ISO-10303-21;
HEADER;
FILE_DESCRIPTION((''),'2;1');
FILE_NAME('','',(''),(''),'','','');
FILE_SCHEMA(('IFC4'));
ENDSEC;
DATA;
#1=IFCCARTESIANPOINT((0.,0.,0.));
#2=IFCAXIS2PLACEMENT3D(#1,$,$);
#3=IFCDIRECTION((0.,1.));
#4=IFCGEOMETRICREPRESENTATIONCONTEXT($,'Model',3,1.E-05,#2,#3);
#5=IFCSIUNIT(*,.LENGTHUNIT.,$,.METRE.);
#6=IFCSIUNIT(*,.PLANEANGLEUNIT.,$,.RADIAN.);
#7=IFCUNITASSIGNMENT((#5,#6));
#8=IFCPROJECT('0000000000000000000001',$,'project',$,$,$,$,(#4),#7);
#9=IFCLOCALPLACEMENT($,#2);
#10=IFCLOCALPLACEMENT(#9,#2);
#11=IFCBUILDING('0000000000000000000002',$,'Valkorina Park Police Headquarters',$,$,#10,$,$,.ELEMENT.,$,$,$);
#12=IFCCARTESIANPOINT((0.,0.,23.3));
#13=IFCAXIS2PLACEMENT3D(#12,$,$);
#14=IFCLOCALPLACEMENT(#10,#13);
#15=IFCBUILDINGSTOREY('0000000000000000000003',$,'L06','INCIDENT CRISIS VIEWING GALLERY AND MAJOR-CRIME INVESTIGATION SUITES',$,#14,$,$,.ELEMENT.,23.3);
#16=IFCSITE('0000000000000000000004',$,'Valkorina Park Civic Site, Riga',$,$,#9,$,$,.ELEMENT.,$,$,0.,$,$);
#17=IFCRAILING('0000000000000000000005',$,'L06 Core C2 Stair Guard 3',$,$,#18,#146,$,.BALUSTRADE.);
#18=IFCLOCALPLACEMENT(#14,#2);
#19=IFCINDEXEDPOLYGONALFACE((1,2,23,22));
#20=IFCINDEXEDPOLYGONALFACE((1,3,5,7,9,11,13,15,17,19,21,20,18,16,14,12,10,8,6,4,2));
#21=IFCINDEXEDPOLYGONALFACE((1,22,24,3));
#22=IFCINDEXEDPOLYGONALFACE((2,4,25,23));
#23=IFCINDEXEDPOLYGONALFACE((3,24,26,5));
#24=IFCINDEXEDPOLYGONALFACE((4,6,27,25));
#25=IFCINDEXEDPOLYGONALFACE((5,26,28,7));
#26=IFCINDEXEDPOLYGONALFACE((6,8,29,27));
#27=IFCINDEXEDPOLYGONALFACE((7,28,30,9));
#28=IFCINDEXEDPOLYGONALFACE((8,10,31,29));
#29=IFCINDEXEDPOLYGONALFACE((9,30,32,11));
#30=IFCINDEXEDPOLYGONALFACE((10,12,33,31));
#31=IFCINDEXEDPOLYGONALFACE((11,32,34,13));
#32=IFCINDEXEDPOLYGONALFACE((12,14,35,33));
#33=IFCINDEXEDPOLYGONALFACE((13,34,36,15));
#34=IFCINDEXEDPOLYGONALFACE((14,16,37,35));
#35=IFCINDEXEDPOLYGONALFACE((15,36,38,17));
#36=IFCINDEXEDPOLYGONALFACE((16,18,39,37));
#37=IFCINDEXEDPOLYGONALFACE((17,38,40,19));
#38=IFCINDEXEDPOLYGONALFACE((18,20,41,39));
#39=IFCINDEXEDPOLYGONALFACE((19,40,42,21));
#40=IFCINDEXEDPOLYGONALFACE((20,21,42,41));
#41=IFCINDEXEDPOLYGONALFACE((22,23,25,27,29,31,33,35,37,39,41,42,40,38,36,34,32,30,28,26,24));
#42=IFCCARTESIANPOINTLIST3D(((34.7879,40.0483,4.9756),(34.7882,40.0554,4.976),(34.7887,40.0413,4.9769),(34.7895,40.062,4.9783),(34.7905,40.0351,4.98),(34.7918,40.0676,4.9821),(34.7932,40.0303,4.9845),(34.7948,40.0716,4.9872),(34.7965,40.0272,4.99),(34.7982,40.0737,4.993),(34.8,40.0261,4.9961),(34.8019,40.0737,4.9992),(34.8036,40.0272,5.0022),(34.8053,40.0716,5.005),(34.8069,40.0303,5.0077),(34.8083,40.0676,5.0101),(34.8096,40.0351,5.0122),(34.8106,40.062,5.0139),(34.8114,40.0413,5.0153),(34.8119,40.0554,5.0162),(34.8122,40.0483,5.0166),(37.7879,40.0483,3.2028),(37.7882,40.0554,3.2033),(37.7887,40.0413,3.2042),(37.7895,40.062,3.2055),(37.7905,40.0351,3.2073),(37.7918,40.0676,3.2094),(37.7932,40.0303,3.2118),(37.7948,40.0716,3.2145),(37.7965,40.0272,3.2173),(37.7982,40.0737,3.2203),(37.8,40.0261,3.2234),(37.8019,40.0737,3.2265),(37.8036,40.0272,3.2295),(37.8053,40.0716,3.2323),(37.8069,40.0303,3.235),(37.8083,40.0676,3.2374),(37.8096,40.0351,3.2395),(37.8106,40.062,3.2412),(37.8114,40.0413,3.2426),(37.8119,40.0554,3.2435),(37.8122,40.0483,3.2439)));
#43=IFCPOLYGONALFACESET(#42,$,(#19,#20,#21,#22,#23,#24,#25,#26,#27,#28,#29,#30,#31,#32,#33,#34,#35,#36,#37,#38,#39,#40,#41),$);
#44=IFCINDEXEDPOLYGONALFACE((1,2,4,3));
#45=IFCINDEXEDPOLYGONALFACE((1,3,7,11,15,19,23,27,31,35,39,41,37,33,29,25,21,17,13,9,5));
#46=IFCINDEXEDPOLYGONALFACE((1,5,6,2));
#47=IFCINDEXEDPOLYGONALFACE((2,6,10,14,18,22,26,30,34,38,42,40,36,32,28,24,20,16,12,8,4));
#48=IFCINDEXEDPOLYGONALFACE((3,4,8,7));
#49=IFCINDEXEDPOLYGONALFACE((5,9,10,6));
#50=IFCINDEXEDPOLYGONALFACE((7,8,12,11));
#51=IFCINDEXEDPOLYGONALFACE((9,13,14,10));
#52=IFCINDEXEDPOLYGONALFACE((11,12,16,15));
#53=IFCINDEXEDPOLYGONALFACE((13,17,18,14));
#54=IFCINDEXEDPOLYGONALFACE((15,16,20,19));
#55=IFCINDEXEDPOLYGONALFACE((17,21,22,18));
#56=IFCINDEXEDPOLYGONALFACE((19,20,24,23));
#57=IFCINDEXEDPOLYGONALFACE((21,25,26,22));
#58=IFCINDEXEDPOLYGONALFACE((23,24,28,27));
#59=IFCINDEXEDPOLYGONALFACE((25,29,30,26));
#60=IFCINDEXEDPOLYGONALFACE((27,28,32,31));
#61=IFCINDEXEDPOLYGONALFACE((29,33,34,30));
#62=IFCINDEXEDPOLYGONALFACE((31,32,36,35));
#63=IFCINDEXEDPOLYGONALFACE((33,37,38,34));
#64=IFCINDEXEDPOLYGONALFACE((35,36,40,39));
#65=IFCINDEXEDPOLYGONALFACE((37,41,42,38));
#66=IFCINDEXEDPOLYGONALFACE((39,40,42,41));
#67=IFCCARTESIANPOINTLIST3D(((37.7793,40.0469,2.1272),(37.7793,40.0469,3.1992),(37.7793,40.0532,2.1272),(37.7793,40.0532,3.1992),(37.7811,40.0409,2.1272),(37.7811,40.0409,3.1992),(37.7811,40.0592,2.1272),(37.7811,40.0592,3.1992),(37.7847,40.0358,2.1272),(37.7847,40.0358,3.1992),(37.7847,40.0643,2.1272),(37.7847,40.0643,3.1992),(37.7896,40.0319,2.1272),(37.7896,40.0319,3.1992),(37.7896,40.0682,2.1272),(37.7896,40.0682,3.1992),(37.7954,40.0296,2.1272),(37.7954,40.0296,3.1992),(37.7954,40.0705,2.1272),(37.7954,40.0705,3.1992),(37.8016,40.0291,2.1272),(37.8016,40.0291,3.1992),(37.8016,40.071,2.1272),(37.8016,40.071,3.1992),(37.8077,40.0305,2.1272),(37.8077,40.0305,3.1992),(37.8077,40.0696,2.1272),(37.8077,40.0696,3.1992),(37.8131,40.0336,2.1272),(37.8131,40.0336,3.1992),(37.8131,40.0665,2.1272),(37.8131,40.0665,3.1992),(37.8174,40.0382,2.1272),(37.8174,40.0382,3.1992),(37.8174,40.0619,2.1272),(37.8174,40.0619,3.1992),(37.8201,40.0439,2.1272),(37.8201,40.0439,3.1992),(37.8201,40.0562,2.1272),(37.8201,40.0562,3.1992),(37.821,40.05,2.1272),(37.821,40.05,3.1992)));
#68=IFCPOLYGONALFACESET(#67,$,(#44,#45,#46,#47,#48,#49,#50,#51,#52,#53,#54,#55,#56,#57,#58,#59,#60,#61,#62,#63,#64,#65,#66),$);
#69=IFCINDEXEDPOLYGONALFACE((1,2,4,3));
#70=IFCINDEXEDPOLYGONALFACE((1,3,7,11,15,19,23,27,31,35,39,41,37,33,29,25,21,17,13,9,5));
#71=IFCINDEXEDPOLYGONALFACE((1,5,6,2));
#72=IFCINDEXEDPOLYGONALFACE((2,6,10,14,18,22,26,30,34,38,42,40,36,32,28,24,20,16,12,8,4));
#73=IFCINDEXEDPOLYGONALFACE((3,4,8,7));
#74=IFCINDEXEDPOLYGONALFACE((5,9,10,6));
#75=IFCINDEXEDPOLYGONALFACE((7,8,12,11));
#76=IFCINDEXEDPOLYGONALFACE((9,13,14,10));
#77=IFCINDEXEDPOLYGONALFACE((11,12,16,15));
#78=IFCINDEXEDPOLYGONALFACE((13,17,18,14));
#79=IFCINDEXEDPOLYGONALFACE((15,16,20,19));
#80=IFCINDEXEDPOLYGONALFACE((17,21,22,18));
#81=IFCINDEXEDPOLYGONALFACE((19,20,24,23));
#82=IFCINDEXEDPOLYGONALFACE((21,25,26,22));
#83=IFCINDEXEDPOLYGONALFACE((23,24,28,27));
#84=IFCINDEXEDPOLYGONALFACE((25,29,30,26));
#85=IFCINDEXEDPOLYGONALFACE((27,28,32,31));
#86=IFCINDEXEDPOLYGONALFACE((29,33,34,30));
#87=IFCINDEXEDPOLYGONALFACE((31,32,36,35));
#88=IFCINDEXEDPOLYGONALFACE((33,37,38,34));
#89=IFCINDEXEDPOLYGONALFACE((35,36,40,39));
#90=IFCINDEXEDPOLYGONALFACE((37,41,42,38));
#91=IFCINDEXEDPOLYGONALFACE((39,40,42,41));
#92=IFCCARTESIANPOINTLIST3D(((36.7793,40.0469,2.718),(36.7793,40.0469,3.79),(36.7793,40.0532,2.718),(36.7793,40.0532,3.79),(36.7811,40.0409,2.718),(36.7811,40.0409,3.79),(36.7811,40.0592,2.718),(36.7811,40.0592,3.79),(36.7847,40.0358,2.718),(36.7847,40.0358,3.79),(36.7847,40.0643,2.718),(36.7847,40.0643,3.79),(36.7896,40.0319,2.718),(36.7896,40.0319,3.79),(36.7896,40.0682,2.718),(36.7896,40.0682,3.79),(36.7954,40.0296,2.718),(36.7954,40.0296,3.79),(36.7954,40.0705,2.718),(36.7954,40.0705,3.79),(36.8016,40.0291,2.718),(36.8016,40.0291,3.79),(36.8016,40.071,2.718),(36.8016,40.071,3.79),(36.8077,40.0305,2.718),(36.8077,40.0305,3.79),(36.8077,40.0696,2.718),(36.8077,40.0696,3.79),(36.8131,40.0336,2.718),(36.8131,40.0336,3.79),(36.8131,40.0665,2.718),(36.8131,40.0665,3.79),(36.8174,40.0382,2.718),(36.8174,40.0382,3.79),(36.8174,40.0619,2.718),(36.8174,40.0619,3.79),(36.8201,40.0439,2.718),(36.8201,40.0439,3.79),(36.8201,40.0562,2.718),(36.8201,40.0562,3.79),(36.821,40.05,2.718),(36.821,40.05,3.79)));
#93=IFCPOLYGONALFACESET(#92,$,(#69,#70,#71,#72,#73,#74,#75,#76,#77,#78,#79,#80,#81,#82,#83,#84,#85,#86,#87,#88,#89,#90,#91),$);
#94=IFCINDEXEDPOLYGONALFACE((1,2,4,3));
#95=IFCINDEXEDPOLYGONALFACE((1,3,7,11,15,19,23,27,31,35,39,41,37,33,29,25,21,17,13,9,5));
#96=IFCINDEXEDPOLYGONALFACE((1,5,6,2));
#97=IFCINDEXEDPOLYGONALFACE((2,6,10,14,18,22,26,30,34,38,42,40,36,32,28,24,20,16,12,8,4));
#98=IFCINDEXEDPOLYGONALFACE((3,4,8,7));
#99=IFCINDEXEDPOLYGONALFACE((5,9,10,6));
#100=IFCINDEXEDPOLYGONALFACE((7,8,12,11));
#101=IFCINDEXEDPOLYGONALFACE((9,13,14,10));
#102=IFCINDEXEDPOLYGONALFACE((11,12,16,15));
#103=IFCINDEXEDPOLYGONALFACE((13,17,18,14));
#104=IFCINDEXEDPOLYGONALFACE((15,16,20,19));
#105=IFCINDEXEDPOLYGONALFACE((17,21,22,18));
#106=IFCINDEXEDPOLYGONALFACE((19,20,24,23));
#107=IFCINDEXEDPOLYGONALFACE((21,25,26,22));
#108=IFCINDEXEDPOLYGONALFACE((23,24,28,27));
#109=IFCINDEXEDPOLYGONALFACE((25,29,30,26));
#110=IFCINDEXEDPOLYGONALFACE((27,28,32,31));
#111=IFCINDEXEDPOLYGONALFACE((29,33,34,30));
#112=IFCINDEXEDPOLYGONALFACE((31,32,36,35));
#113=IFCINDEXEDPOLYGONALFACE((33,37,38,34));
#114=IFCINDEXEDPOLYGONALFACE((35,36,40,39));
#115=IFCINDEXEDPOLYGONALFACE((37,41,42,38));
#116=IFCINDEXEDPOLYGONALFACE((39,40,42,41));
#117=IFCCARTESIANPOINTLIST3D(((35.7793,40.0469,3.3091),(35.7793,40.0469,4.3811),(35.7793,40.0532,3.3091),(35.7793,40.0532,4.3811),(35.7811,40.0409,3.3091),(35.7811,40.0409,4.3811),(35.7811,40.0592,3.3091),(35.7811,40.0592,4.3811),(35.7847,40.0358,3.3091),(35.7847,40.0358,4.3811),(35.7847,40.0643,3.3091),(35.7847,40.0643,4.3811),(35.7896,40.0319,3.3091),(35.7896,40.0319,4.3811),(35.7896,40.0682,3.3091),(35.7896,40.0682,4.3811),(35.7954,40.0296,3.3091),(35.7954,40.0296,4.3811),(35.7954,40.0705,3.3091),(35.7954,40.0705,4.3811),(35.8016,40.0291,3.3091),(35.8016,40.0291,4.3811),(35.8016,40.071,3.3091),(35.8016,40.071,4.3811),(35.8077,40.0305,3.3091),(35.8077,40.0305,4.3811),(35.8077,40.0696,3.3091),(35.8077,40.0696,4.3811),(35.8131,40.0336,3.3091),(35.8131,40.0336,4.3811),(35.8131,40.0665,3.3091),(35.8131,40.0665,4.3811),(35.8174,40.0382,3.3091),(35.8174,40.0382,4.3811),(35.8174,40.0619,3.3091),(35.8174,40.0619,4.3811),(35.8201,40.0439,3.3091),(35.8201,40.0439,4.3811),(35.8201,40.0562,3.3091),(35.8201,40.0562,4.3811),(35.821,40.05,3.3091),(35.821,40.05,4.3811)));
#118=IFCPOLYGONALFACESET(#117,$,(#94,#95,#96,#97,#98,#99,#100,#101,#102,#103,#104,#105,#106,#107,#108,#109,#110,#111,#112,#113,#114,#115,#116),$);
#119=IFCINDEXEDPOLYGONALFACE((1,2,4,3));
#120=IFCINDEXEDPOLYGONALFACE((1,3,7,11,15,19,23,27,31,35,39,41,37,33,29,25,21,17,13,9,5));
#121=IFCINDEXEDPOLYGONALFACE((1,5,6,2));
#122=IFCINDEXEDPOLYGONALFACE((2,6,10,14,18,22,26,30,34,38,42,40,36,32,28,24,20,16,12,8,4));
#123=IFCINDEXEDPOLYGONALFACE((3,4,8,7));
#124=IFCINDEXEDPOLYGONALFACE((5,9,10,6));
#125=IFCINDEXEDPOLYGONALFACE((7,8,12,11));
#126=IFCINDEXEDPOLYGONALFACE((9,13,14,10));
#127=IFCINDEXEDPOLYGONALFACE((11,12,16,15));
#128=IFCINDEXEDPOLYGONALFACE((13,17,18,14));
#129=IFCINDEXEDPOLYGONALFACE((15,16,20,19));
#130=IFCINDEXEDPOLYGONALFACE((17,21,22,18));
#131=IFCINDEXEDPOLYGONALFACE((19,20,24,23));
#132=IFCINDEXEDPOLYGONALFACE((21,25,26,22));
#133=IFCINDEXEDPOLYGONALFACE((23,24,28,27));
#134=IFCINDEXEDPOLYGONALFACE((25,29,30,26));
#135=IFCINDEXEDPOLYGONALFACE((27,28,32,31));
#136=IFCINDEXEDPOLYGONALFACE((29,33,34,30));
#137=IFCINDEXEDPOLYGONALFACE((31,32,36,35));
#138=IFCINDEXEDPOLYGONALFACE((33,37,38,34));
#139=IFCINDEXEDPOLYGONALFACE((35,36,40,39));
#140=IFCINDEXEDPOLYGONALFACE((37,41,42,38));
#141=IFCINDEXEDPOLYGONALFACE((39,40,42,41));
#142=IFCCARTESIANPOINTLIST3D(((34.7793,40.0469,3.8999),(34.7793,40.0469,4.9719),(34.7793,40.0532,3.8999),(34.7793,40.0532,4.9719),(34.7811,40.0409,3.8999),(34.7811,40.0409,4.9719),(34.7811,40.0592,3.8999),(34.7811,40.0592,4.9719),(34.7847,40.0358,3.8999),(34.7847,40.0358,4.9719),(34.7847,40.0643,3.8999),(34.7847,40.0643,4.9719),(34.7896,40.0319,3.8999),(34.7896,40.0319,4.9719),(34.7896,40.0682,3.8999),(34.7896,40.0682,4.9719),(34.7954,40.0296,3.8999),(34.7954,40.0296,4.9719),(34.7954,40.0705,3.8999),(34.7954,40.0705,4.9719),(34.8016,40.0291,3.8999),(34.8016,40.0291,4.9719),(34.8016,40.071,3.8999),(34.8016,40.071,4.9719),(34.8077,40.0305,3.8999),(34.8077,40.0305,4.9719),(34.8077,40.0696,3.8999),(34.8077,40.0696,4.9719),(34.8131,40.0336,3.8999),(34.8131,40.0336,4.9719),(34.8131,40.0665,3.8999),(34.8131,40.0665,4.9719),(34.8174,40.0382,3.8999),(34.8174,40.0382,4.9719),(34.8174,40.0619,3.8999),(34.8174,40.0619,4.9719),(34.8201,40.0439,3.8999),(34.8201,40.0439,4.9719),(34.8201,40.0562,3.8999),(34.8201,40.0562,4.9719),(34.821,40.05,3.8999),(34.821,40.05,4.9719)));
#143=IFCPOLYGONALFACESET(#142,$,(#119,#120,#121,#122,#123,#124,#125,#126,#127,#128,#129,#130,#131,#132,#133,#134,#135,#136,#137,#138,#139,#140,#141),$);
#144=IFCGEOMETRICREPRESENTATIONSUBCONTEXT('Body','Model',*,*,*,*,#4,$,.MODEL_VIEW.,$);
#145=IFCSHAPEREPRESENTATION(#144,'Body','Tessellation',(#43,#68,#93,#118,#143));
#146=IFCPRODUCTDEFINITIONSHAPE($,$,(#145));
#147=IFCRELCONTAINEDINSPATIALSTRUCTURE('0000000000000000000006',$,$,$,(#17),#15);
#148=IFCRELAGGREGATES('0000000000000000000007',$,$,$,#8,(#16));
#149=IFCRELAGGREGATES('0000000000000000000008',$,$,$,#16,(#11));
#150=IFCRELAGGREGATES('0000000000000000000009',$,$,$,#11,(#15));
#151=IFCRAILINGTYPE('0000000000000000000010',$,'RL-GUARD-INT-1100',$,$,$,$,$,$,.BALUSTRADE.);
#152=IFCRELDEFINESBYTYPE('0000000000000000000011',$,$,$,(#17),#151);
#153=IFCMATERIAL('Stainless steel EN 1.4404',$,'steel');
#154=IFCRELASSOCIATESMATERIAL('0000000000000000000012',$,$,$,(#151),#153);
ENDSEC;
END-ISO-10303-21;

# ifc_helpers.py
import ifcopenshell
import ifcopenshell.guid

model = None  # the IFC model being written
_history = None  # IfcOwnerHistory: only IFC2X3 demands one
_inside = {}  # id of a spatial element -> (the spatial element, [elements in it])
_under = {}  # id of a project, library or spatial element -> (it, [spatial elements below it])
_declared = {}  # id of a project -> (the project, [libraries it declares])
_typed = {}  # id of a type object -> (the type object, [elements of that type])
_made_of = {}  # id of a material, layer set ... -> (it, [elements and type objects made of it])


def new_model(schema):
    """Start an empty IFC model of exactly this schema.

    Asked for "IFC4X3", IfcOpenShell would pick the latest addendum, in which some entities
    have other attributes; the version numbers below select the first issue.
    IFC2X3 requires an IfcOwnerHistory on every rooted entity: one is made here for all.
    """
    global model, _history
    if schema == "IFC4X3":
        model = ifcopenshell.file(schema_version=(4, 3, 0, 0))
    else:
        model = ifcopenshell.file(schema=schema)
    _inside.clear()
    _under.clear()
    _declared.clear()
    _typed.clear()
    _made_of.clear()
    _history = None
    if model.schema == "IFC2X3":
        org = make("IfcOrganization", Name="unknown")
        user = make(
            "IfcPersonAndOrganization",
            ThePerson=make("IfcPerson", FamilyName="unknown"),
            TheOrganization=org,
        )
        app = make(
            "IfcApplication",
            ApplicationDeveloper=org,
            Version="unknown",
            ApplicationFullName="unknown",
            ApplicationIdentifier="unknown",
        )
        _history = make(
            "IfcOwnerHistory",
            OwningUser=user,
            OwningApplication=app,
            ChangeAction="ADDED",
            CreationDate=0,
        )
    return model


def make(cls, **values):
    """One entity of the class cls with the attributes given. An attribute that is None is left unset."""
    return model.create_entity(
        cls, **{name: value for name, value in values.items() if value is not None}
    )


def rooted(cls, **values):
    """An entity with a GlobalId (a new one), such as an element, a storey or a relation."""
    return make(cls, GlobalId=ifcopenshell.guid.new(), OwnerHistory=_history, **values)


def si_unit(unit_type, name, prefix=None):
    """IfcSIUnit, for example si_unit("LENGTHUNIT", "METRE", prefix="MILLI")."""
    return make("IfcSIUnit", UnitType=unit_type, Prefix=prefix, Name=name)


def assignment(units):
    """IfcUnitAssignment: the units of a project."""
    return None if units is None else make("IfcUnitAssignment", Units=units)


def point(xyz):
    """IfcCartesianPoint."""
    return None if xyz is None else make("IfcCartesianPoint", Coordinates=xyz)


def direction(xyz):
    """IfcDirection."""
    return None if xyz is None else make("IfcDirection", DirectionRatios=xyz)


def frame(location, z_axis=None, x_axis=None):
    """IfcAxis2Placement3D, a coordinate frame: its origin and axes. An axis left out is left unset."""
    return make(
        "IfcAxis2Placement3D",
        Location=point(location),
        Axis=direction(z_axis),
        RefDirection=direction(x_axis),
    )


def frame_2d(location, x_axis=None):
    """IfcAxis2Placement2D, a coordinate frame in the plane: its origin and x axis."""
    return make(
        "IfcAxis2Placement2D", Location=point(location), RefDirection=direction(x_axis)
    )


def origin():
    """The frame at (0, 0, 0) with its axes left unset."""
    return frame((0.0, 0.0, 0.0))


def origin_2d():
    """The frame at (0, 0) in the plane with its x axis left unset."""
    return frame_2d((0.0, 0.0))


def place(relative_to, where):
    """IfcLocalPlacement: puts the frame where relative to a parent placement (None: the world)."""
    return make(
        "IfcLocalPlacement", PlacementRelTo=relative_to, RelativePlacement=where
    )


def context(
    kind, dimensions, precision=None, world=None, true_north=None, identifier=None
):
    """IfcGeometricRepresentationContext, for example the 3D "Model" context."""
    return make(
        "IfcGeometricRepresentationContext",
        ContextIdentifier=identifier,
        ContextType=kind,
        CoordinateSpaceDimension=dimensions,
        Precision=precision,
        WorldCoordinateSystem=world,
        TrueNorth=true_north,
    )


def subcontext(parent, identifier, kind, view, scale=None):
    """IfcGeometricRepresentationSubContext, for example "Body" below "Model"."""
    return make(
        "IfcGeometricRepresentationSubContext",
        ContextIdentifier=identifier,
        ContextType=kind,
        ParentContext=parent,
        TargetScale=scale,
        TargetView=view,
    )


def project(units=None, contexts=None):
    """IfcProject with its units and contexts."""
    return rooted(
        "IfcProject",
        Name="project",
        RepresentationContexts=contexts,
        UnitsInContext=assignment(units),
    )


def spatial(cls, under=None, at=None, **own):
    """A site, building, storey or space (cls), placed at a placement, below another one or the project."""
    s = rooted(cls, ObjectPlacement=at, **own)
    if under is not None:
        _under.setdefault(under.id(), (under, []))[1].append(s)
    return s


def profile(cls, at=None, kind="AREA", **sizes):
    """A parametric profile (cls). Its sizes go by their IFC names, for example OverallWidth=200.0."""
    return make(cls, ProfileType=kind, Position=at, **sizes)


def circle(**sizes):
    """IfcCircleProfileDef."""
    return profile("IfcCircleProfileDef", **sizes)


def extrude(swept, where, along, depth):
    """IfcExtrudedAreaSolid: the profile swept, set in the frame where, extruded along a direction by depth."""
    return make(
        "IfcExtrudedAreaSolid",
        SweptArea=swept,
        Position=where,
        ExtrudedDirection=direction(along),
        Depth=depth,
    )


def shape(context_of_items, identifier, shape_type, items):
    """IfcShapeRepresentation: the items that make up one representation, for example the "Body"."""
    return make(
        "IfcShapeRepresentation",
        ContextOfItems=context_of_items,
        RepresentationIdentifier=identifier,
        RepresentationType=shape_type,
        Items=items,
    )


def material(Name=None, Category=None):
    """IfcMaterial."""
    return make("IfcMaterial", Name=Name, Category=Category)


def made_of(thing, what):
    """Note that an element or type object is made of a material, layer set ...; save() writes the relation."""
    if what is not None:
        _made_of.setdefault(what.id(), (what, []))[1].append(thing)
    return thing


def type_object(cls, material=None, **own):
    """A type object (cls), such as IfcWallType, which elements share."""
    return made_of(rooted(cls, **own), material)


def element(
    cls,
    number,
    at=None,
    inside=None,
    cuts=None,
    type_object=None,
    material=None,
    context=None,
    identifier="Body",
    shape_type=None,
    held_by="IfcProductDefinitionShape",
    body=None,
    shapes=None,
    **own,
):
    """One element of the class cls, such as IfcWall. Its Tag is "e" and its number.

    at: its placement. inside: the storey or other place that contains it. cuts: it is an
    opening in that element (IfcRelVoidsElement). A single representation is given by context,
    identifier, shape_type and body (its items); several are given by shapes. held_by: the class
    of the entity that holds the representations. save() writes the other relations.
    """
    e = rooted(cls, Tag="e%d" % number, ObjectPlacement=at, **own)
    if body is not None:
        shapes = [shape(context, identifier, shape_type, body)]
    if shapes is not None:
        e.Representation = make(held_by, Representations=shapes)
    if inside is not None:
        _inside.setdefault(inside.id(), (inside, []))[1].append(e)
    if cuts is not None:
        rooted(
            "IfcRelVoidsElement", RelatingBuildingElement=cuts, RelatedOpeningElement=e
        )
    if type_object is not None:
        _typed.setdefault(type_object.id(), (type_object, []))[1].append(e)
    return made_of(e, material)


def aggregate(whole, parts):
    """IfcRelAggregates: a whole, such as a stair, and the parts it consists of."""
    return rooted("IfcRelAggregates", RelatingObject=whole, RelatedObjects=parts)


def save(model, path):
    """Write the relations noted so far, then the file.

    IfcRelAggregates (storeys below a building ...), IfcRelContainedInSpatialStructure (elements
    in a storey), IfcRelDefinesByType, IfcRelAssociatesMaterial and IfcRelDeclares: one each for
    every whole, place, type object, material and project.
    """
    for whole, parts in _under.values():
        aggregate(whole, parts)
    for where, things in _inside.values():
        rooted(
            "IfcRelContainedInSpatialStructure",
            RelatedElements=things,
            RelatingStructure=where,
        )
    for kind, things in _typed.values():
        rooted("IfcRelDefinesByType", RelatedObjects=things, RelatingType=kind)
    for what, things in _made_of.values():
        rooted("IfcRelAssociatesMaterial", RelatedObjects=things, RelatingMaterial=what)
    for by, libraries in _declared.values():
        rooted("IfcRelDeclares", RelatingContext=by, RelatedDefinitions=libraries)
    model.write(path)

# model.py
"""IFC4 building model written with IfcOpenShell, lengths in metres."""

from ifc_helpers import new_model, si_unit, direction, frame, origin, origin_2d, place, context, subcontext, project, spatial, circle, extrude, material, type_object, element, save


model = new_model("IFC4")

# Units and contexts
model_context = context("Model", 3, precision=1e-05, world=origin(), true_north=direction((0.0, 1.0)))
body_context = subcontext(model_context, "Body", "Model", "MODEL_VIEW")
ifc_project = project(units=[si_unit("LENGTHUNIT", "METRE"), si_unit("PLANEANGLEUNIT", "RADIAN")], contexts=[model_context])

# Site, building, storey
site_placement = place(None, origin())
site = spatial("IfcSite", under=ifc_project, at=site_placement, Name="Valkorina Park Civic Site, Riga", CompositionType="ELEMENT", RefElevation=0.0)
building_placement = place(site_placement, origin())
building = spatial("IfcBuilding", under=site, at=building_placement, Name="Valkorina Park Police Headquarters", CompositionType="ELEMENT")
storey_placement = place(building_placement, frame((0.0, 0.0, 23.3)))
storey = spatial("IfcBuildingStorey", under=building, at=storey_placement, Name="L06", Description="INCIDENT CRISIS VIEWING GALLERY AND MAJOR-CRIME INVESTIGATION SUITES", CompositionType="ELEMENT", Elevation=23.3)

# Railing
ifc_material_1 = material(Name="Stainless steel EN 1.4404", Category="steel")
railing_type_1 = type_object("IfcRailingType", Name="RL-GUARD-INT-1100", PredefinedType="BALUSTRADE", material=ifc_material_1)
railing_1_placement = place(storey_placement, frame((37.8, 40.05, 2.1272)))
element("IfcRailing", 1, at=railing_1_placement, inside=storey, type_object=railing_type_1, Name="L06 Core C2 Stair Guard 3", PredefinedType="BALUSTRADE", context=body_context, shape_type="SweptSolid", body=[
    extrude(circle(Radius=0.0239, at=origin_2d()), frame((0.0, 0.0, 1.0962), z_axis=(-0.860929, 0.0, 0.508725), x_axis=(0.0, -1.0, 0.0)), (0.0, 0.0, 1.0), 3.4846),
    extrude(circle(Radius=0.021, at=origin_2d()), origin(), (0.0, 0.0, 1.0), 1.072),
    extrude(circle(Radius=0.021, at=origin_2d()), frame((-1.0, 0.0, 0.5908)), (0.0, 0.0, 1.0), 1.072),
    extrude(circle(Radius=0.021, at=origin_2d()), frame((-2.0, 0.0, 1.1819)), (0.0, 0.0, 1.0), 1.072),
    extrude(circle(Radius=0.021, at=origin_2d()), frame((-3.0, 0.0, 1.7727)), (0.0, 0.0, 1.0), 1.072),
])

save(model, "model.ifc")
